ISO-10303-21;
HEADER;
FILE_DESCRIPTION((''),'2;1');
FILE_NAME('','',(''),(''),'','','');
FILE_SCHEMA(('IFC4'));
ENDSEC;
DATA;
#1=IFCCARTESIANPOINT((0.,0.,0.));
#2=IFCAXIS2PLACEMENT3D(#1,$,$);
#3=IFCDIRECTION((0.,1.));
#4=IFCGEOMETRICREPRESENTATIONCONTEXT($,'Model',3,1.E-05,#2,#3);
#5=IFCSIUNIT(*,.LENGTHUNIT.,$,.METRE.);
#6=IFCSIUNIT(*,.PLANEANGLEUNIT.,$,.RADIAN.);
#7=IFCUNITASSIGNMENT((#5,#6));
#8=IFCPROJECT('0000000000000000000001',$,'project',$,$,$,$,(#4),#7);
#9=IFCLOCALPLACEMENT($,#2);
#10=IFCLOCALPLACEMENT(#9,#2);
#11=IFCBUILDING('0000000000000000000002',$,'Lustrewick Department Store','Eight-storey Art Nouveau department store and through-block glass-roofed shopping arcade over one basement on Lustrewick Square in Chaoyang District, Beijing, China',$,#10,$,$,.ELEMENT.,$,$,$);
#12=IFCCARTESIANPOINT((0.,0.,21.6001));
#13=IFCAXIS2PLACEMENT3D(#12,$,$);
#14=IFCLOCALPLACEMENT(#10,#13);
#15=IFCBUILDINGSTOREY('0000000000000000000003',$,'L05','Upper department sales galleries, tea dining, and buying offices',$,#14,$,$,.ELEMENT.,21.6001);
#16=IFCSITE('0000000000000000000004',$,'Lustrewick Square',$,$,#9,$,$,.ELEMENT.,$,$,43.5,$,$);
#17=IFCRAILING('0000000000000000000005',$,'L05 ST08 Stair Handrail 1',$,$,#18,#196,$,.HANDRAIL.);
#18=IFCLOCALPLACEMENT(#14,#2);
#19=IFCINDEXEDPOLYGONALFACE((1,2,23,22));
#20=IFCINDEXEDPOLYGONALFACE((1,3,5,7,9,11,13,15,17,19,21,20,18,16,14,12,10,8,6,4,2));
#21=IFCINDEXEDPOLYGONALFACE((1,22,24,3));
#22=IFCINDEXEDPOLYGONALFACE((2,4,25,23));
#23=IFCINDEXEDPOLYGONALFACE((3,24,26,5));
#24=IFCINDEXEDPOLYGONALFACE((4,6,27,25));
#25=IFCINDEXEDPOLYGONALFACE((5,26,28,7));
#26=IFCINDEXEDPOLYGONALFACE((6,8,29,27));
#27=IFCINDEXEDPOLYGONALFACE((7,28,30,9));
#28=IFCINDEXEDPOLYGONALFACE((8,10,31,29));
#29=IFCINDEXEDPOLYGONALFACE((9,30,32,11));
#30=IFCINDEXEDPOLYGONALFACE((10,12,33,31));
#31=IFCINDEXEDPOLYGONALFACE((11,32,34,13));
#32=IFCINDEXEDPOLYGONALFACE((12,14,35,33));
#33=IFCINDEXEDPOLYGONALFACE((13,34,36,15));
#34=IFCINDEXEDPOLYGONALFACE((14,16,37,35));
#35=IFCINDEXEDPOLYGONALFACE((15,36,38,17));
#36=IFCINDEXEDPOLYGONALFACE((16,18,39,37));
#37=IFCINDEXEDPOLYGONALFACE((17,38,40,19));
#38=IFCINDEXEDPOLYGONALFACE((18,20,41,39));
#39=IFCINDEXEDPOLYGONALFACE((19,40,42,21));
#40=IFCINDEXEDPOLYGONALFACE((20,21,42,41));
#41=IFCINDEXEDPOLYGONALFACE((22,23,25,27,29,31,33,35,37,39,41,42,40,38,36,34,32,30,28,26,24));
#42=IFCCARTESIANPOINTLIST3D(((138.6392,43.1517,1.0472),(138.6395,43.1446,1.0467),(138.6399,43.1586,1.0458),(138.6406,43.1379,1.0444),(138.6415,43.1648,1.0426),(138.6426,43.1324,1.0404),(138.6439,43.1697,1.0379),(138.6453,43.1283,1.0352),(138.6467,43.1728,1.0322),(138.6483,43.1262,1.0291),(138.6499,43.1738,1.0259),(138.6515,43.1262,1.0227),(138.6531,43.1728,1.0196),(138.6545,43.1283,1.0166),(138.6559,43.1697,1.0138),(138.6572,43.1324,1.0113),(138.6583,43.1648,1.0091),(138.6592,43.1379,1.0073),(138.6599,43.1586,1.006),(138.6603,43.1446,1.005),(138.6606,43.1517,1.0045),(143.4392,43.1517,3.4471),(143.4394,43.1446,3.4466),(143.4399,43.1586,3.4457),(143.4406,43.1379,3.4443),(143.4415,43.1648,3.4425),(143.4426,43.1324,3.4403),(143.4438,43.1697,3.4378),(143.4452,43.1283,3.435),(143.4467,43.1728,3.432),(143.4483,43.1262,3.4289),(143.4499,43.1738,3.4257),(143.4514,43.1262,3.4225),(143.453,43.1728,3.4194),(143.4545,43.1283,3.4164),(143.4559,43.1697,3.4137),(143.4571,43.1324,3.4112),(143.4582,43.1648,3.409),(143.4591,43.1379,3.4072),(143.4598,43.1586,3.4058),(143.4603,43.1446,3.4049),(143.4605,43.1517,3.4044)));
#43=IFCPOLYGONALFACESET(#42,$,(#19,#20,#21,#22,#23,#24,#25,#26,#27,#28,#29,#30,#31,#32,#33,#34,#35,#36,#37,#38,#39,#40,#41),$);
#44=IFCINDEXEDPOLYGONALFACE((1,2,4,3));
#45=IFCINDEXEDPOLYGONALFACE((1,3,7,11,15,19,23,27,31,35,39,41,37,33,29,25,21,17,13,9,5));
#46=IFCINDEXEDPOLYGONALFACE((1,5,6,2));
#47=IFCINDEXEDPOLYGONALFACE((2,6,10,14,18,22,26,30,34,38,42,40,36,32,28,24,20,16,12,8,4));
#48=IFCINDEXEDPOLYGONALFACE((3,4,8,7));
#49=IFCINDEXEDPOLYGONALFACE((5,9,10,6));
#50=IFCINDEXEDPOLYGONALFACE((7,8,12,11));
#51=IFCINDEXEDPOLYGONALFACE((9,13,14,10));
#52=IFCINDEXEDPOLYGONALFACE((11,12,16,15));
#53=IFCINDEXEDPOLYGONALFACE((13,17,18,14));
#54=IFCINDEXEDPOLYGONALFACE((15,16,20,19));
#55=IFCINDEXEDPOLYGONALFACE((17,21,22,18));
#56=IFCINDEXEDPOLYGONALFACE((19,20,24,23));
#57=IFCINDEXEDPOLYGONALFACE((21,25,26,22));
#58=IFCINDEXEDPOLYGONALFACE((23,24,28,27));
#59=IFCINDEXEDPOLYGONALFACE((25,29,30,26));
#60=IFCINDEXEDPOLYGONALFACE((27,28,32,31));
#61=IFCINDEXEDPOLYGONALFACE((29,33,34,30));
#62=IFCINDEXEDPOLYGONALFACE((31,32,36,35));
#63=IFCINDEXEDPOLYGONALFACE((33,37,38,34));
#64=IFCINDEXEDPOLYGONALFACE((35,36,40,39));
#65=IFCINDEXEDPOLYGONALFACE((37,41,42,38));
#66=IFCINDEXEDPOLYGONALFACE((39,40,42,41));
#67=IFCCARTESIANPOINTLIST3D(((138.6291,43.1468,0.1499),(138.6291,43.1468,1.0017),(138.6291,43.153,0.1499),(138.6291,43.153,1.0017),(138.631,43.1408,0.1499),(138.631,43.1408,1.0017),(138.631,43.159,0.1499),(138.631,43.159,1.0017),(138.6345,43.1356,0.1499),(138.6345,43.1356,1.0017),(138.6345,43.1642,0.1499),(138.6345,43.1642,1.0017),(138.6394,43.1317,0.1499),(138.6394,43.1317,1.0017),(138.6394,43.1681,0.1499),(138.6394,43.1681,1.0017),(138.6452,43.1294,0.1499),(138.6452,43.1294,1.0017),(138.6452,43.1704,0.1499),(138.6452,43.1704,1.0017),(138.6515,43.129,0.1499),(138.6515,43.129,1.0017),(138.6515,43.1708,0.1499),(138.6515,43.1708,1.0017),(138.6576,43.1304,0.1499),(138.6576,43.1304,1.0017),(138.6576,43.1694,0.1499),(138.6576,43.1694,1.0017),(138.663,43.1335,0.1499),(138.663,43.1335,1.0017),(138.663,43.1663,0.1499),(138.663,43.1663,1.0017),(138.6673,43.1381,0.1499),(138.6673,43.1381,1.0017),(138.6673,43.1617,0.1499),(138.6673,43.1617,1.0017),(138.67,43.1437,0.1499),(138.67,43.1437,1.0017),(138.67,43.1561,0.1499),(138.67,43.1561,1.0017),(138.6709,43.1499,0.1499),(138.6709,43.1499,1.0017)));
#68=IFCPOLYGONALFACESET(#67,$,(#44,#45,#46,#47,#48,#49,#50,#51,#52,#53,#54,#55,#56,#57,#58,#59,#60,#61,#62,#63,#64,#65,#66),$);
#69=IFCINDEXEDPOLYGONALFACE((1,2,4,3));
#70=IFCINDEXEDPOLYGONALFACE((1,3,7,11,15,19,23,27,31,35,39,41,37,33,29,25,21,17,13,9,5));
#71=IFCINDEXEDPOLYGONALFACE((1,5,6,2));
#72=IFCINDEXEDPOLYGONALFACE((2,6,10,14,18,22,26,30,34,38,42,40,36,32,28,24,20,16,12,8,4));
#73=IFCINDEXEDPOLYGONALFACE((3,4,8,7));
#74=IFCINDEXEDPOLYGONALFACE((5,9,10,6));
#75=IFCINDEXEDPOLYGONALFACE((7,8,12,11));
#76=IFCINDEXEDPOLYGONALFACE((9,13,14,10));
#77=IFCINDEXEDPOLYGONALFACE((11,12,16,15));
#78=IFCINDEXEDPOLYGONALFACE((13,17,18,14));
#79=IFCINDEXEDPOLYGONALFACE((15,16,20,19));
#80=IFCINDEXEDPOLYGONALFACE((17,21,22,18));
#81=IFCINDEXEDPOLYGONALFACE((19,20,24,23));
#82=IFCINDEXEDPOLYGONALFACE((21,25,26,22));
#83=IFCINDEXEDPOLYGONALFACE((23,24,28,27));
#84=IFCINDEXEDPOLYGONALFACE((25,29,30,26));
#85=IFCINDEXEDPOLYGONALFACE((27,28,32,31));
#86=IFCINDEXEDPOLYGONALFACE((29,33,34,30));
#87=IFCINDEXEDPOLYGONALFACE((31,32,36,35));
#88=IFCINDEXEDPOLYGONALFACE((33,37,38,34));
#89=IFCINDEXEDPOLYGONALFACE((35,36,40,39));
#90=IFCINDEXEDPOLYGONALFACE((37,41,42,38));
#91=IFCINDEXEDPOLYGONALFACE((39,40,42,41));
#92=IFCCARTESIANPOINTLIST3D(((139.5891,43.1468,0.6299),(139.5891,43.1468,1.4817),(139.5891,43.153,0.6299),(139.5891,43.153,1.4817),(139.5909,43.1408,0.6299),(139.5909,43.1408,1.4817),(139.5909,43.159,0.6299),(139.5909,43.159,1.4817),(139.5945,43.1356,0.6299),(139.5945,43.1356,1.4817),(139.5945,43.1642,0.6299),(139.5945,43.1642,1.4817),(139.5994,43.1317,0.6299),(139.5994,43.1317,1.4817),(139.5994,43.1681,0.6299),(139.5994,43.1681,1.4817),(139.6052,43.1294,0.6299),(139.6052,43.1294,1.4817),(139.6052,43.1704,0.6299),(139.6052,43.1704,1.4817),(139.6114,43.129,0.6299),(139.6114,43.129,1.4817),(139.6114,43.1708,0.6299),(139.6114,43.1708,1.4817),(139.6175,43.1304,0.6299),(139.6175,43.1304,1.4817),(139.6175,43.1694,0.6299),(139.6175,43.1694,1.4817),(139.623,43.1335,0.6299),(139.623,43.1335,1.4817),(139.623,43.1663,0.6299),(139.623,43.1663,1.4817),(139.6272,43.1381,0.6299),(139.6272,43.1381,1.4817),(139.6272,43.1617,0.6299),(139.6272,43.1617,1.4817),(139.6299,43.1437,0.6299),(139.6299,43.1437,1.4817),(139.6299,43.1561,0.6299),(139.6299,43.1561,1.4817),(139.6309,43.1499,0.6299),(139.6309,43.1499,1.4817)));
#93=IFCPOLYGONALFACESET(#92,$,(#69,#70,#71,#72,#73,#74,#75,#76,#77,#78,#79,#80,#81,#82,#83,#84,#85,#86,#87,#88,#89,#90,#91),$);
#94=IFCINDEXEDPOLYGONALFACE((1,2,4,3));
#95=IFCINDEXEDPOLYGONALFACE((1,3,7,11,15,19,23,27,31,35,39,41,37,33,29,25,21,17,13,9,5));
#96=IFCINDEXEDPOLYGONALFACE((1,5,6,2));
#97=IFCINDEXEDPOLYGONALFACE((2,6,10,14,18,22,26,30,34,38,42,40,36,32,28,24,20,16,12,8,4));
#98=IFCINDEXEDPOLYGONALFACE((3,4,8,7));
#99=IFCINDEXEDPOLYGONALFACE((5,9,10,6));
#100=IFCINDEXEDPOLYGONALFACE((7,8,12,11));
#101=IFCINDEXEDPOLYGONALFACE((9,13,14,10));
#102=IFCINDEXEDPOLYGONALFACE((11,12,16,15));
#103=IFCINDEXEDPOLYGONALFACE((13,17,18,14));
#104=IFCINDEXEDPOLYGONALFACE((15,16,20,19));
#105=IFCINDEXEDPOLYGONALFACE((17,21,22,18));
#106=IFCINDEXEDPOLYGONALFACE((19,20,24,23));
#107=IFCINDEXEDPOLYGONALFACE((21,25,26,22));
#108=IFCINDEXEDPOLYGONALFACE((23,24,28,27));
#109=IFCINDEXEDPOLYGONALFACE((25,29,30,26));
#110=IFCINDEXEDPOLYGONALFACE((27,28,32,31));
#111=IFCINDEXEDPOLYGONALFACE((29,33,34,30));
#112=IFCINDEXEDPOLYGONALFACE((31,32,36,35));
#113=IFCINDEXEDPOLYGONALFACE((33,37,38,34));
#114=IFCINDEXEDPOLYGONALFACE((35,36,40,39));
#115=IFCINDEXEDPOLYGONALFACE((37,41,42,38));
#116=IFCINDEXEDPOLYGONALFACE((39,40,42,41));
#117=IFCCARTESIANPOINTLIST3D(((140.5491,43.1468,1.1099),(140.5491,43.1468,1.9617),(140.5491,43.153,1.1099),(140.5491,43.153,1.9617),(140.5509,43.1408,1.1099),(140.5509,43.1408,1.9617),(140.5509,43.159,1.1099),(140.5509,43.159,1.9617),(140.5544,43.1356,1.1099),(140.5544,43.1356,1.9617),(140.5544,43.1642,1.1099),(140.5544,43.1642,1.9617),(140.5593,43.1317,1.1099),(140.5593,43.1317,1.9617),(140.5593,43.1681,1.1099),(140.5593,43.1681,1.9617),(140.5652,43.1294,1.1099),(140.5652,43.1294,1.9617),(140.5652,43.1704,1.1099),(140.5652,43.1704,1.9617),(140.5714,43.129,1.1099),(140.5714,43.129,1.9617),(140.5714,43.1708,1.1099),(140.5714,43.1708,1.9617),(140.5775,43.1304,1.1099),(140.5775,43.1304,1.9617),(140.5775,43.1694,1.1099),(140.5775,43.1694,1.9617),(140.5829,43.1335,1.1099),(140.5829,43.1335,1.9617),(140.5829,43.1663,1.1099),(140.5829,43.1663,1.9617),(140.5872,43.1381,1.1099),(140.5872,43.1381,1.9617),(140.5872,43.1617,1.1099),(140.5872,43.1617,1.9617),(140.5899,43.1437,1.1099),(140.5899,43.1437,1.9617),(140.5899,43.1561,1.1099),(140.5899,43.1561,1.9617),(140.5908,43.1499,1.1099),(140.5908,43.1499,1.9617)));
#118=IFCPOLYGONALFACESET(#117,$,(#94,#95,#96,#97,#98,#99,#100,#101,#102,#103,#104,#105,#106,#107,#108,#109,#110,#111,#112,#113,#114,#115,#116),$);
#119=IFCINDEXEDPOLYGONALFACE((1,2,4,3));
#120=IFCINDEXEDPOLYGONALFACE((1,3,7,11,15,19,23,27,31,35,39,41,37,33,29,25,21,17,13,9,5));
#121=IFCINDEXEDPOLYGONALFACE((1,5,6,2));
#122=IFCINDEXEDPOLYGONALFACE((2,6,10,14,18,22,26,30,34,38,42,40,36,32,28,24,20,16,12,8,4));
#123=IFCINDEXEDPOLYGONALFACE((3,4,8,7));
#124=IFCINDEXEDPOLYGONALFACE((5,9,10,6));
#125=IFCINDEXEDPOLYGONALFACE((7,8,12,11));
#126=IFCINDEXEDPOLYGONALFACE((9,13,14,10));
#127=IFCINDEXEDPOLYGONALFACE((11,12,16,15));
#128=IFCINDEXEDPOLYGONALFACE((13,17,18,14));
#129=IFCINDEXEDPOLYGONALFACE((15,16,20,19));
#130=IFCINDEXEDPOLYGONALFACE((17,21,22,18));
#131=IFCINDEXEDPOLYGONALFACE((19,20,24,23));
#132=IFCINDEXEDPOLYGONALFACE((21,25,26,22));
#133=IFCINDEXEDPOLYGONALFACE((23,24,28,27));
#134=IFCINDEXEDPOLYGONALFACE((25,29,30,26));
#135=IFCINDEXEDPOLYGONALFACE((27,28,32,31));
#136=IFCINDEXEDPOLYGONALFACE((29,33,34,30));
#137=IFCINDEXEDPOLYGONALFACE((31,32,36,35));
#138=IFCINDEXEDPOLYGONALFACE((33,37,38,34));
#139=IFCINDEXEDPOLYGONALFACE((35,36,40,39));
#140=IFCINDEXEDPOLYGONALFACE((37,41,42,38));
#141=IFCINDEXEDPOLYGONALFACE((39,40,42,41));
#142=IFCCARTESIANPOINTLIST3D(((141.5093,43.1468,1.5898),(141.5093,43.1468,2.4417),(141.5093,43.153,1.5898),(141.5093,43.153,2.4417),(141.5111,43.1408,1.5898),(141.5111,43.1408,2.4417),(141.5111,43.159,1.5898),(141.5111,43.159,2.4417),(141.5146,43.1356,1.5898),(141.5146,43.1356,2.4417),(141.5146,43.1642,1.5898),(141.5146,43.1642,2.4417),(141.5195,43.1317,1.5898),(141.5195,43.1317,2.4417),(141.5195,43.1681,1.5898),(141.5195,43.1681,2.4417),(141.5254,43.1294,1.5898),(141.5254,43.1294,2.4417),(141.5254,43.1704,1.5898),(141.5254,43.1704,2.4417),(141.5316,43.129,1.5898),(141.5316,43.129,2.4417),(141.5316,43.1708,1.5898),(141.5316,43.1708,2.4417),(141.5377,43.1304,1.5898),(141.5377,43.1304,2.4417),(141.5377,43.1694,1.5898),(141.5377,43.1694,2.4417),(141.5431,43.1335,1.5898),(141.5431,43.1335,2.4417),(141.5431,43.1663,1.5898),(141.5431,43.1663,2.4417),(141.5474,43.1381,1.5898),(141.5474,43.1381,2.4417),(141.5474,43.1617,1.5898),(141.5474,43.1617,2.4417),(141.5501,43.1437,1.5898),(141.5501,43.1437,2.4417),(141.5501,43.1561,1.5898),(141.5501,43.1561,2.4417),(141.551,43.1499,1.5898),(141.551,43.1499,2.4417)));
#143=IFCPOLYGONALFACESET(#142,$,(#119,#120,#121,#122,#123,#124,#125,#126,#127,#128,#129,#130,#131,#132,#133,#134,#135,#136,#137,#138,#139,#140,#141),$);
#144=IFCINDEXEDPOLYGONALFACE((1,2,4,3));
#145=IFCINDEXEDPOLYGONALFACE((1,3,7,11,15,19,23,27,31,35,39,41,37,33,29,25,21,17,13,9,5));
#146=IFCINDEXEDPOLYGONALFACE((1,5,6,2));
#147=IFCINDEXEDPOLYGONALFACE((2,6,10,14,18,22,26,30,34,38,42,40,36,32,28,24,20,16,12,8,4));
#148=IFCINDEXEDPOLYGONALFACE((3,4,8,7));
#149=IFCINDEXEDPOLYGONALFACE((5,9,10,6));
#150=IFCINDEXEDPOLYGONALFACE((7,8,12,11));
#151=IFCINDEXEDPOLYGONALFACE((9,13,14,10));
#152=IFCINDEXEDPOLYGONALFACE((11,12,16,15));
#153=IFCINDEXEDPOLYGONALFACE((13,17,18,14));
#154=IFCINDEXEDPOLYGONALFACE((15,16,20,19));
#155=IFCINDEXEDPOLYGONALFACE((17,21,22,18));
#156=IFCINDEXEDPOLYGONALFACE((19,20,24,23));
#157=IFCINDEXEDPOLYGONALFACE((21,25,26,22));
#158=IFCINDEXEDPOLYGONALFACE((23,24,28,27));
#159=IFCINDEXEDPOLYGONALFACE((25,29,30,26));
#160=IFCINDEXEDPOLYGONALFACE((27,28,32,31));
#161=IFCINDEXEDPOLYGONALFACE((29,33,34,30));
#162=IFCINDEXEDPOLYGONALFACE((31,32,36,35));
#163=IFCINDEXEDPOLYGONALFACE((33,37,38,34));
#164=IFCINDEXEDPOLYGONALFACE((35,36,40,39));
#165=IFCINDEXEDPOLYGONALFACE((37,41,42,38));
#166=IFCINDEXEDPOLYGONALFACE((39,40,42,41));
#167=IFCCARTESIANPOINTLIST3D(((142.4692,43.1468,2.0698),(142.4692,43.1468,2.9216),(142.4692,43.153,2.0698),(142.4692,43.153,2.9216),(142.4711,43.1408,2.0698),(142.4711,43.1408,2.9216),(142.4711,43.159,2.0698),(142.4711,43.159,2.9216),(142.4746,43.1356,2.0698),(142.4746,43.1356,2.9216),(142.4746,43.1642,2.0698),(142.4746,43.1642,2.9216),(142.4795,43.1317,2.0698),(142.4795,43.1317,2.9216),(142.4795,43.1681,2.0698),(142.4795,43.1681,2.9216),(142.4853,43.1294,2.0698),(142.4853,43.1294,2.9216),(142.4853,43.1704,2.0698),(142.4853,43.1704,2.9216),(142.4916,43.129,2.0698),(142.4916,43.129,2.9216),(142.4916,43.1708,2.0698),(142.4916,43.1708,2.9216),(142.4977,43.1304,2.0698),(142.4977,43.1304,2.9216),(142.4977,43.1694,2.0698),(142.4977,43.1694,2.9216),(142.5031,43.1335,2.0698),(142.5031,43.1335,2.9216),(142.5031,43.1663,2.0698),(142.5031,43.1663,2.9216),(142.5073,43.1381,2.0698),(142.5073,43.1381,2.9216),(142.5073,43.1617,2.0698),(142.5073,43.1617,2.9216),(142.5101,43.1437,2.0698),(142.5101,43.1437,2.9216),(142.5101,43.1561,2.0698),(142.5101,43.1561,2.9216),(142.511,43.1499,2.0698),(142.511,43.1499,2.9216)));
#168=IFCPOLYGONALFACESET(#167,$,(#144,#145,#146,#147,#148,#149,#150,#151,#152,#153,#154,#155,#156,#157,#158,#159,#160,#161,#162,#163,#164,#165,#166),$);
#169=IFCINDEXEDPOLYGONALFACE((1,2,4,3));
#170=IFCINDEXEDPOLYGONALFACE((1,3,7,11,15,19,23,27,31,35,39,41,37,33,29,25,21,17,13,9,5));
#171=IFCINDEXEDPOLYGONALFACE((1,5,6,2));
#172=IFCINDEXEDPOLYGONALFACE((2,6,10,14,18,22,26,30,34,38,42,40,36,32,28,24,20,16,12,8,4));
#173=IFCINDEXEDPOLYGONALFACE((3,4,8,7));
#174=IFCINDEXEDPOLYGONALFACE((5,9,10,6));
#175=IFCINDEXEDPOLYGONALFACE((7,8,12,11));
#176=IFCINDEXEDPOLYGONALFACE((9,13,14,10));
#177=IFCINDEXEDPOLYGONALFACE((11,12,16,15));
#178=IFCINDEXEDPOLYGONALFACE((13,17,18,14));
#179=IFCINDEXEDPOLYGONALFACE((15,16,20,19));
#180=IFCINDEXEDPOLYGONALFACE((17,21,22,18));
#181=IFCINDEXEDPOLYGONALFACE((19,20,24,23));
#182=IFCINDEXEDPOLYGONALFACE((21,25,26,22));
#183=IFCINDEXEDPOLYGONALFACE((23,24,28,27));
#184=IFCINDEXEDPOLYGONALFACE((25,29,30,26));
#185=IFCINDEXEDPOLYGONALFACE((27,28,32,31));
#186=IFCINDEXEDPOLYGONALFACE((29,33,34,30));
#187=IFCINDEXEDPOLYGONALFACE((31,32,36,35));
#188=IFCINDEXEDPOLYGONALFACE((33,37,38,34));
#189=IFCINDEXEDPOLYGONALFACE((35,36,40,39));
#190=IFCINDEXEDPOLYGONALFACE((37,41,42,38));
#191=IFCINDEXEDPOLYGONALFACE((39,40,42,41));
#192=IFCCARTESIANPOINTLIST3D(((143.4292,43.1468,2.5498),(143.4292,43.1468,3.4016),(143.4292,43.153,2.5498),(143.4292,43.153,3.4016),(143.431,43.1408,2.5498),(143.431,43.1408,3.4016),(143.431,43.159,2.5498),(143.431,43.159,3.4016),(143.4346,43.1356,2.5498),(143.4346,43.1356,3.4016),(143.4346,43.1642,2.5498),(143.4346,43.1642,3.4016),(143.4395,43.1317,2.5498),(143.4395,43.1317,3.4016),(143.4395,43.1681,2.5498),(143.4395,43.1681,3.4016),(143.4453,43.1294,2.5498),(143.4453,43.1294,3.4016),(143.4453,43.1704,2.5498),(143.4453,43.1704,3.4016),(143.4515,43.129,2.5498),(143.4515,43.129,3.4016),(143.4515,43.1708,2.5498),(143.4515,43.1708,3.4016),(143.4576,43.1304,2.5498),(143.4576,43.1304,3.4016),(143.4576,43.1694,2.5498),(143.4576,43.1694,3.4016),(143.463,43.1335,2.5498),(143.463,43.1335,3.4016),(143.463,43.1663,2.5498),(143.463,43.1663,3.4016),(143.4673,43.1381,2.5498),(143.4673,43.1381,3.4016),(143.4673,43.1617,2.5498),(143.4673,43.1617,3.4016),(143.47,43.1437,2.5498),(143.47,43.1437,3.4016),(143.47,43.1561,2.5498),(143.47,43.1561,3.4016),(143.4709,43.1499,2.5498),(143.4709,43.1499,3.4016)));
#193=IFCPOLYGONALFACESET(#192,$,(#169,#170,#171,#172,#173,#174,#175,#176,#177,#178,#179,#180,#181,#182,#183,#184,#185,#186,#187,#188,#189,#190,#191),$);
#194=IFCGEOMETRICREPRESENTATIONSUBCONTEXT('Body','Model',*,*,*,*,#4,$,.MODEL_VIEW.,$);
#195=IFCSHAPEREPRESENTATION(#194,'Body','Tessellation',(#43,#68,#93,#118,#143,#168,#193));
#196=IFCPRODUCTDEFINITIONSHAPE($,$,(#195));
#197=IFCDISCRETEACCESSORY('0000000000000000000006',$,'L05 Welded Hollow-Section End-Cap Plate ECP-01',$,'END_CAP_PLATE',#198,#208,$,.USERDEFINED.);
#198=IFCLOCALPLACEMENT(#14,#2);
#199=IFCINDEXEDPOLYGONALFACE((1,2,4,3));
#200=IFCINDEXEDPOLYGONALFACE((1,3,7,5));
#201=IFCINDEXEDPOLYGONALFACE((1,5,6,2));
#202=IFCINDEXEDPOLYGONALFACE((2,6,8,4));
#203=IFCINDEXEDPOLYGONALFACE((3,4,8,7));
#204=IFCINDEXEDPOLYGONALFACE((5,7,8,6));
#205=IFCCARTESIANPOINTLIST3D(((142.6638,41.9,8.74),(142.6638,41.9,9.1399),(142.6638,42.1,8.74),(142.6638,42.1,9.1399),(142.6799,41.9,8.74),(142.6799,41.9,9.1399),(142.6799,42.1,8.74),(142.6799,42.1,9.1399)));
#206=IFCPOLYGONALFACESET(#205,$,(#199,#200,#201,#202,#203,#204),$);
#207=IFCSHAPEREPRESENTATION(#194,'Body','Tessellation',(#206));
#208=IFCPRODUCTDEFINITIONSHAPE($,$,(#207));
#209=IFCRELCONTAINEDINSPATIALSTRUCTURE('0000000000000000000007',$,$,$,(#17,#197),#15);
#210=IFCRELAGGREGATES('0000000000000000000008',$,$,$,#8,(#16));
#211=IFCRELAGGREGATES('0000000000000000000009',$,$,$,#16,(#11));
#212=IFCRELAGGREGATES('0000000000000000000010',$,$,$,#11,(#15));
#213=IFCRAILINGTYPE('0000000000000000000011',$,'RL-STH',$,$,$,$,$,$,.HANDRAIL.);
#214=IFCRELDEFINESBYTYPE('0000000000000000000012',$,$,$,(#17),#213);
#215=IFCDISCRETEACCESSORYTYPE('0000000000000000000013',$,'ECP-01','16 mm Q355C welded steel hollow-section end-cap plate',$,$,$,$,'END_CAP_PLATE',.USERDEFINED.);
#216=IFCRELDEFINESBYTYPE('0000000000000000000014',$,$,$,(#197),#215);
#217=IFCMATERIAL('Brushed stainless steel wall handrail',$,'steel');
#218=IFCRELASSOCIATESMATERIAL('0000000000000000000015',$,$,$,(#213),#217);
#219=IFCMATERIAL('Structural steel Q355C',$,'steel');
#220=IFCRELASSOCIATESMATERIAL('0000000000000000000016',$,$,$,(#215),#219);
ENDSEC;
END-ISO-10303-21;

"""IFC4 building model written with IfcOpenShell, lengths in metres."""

from ifc_helpers import new_model, si_unit, direction, frame, origin, origin_2d, place, context, subcontext, project, spatial, rectangle, circle, extrude, material, type_object, element, save


model = new_model("IFC4")

# Units and contexts
model_context = context("Model", 3, precision=1e-05, world=origin(), true_north=direction((0.0, 1.0)))
body_context = subcontext(model_context, "Body", "Model", "MODEL_VIEW")
ifc_project = project(units=[si_unit("LENGTHUNIT", "METRE"), si_unit("PLANEANGLEUNIT", "RADIAN")], contexts=[model_context])

# Site, building, storey
site_placement = place(None, origin())
site = spatial("IfcSite", under=ifc_project, at=site_placement, Name="Lustrewick Square", CompositionType="ELEMENT", RefElevation=43.5)
building_placement = place(site_placement, origin())
building = spatial("IfcBuilding", under=site, at=building_placement, Name="Lustrewick Department Store", Description="Eight-storey Art Nouveau department store and through-block glass-roofed shopping arcade over one basement on Lustrewick Square in Chaoyang District, Beijing, China", CompositionType="ELEMENT")
storey_placement = place(building_placement, frame((0.0, 0.0, 21.6001)))
storey = spatial("IfcBuildingStorey", under=building, at=storey_placement, Name="L05", Description="Upper department sales galleries, tea dining, and buying offices", CompositionType="ELEMENT", Elevation=21.6001)

# Railing
ifc_material_1 = material(Name="Brushed stainless steel wall handrail", Category="steel")
railing_type_1 = type_object("IfcRailingType", Name="RL-STH", PredefinedType="HANDRAIL", material=ifc_material_1)
railing_1_placement = place(storey_placement, frame((138.6499, 43.1499, 0.1499)))
element("IfcRailing", 1, at=railing_1_placement, inside=storey, type_object=railing_type_1, Name="L05 ST08 Stair Handrail 1", PredefinedType="HANDRAIL", context=body_context, shape_type="SweptSolid", body=[
    extrude(circle(Radius=0.0239, at=origin_2d()), frame((0.0, 0.0, 0.876), z_axis=(0.894436, 0.0, 0.447195), x_axis=(0.0, 1.0, 0.0)), (0.0, 0.0, 1.0), 5.3665),
    extrude(circle(Radius=0.021, at=origin_2d()), origin(), (0.0, 0.0, 1.0), 0.8518),
    extrude(circle(Radius=0.021, at=origin_2d()), frame((0.96, 0.0, 0.48)), (0.0, 0.0, 1.0), 0.8518),
    extrude(circle(Radius=0.021, at=origin_2d()), frame((1.9199, 0.0, 0.96)), (0.0, 0.0, 1.0), 0.8518),
    extrude(circle(Radius=0.021, at=origin_2d()), frame((2.8801, 0.0, 1.4399)), (0.0, 0.0, 1.0), 0.8518),
    extrude(circle(Radius=0.021, at=origin_2d()), frame((3.8401, 0.0, 1.9199)), (0.0, 0.0, 1.0), 0.8518),
    extrude(circle(Radius=0.021, at=origin_2d()), frame((4.8, 0.0, 2.3999)), (0.0, 0.0, 1.0), 0.8518),
])

# Discrete accessory
ifc_material_2 = material(Name="Structural steel Q355C", Category="steel")
discrete_accessory_type = type_object("IfcDiscreteAccessoryType", Name="ECP-01", Description="16 mm Q355C welded steel hollow-section end-cap plate", ElementType="END_CAP_PLATE", PredefinedType="USERDEFINED", material=ifc_material_2)
discrete_accessory_placement = place(storey_placement, frame((142.6638, 42.0, 8.9399), z_axis=(1.0, 0.0, 0.0), x_axis=(0.0, 1.0, 0.0)))
element("IfcDiscreteAccessory", 2, at=discrete_accessory_placement, inside=storey, type_object=discrete_accessory_type, Name="L05 Welded Hollow-Section End-Cap Plate ECP-01", ObjectType="END_CAP_PLATE", PredefinedType="USERDEFINED", context=body_context, shape_type="SweptSolid", body=[
    extrude(rectangle(XDim=0.2, YDim=0.3999, at=origin_2d()), origin(), (0.0, 0.0, 1.0), 0.0161),
])

save(model, "model.ifc")
